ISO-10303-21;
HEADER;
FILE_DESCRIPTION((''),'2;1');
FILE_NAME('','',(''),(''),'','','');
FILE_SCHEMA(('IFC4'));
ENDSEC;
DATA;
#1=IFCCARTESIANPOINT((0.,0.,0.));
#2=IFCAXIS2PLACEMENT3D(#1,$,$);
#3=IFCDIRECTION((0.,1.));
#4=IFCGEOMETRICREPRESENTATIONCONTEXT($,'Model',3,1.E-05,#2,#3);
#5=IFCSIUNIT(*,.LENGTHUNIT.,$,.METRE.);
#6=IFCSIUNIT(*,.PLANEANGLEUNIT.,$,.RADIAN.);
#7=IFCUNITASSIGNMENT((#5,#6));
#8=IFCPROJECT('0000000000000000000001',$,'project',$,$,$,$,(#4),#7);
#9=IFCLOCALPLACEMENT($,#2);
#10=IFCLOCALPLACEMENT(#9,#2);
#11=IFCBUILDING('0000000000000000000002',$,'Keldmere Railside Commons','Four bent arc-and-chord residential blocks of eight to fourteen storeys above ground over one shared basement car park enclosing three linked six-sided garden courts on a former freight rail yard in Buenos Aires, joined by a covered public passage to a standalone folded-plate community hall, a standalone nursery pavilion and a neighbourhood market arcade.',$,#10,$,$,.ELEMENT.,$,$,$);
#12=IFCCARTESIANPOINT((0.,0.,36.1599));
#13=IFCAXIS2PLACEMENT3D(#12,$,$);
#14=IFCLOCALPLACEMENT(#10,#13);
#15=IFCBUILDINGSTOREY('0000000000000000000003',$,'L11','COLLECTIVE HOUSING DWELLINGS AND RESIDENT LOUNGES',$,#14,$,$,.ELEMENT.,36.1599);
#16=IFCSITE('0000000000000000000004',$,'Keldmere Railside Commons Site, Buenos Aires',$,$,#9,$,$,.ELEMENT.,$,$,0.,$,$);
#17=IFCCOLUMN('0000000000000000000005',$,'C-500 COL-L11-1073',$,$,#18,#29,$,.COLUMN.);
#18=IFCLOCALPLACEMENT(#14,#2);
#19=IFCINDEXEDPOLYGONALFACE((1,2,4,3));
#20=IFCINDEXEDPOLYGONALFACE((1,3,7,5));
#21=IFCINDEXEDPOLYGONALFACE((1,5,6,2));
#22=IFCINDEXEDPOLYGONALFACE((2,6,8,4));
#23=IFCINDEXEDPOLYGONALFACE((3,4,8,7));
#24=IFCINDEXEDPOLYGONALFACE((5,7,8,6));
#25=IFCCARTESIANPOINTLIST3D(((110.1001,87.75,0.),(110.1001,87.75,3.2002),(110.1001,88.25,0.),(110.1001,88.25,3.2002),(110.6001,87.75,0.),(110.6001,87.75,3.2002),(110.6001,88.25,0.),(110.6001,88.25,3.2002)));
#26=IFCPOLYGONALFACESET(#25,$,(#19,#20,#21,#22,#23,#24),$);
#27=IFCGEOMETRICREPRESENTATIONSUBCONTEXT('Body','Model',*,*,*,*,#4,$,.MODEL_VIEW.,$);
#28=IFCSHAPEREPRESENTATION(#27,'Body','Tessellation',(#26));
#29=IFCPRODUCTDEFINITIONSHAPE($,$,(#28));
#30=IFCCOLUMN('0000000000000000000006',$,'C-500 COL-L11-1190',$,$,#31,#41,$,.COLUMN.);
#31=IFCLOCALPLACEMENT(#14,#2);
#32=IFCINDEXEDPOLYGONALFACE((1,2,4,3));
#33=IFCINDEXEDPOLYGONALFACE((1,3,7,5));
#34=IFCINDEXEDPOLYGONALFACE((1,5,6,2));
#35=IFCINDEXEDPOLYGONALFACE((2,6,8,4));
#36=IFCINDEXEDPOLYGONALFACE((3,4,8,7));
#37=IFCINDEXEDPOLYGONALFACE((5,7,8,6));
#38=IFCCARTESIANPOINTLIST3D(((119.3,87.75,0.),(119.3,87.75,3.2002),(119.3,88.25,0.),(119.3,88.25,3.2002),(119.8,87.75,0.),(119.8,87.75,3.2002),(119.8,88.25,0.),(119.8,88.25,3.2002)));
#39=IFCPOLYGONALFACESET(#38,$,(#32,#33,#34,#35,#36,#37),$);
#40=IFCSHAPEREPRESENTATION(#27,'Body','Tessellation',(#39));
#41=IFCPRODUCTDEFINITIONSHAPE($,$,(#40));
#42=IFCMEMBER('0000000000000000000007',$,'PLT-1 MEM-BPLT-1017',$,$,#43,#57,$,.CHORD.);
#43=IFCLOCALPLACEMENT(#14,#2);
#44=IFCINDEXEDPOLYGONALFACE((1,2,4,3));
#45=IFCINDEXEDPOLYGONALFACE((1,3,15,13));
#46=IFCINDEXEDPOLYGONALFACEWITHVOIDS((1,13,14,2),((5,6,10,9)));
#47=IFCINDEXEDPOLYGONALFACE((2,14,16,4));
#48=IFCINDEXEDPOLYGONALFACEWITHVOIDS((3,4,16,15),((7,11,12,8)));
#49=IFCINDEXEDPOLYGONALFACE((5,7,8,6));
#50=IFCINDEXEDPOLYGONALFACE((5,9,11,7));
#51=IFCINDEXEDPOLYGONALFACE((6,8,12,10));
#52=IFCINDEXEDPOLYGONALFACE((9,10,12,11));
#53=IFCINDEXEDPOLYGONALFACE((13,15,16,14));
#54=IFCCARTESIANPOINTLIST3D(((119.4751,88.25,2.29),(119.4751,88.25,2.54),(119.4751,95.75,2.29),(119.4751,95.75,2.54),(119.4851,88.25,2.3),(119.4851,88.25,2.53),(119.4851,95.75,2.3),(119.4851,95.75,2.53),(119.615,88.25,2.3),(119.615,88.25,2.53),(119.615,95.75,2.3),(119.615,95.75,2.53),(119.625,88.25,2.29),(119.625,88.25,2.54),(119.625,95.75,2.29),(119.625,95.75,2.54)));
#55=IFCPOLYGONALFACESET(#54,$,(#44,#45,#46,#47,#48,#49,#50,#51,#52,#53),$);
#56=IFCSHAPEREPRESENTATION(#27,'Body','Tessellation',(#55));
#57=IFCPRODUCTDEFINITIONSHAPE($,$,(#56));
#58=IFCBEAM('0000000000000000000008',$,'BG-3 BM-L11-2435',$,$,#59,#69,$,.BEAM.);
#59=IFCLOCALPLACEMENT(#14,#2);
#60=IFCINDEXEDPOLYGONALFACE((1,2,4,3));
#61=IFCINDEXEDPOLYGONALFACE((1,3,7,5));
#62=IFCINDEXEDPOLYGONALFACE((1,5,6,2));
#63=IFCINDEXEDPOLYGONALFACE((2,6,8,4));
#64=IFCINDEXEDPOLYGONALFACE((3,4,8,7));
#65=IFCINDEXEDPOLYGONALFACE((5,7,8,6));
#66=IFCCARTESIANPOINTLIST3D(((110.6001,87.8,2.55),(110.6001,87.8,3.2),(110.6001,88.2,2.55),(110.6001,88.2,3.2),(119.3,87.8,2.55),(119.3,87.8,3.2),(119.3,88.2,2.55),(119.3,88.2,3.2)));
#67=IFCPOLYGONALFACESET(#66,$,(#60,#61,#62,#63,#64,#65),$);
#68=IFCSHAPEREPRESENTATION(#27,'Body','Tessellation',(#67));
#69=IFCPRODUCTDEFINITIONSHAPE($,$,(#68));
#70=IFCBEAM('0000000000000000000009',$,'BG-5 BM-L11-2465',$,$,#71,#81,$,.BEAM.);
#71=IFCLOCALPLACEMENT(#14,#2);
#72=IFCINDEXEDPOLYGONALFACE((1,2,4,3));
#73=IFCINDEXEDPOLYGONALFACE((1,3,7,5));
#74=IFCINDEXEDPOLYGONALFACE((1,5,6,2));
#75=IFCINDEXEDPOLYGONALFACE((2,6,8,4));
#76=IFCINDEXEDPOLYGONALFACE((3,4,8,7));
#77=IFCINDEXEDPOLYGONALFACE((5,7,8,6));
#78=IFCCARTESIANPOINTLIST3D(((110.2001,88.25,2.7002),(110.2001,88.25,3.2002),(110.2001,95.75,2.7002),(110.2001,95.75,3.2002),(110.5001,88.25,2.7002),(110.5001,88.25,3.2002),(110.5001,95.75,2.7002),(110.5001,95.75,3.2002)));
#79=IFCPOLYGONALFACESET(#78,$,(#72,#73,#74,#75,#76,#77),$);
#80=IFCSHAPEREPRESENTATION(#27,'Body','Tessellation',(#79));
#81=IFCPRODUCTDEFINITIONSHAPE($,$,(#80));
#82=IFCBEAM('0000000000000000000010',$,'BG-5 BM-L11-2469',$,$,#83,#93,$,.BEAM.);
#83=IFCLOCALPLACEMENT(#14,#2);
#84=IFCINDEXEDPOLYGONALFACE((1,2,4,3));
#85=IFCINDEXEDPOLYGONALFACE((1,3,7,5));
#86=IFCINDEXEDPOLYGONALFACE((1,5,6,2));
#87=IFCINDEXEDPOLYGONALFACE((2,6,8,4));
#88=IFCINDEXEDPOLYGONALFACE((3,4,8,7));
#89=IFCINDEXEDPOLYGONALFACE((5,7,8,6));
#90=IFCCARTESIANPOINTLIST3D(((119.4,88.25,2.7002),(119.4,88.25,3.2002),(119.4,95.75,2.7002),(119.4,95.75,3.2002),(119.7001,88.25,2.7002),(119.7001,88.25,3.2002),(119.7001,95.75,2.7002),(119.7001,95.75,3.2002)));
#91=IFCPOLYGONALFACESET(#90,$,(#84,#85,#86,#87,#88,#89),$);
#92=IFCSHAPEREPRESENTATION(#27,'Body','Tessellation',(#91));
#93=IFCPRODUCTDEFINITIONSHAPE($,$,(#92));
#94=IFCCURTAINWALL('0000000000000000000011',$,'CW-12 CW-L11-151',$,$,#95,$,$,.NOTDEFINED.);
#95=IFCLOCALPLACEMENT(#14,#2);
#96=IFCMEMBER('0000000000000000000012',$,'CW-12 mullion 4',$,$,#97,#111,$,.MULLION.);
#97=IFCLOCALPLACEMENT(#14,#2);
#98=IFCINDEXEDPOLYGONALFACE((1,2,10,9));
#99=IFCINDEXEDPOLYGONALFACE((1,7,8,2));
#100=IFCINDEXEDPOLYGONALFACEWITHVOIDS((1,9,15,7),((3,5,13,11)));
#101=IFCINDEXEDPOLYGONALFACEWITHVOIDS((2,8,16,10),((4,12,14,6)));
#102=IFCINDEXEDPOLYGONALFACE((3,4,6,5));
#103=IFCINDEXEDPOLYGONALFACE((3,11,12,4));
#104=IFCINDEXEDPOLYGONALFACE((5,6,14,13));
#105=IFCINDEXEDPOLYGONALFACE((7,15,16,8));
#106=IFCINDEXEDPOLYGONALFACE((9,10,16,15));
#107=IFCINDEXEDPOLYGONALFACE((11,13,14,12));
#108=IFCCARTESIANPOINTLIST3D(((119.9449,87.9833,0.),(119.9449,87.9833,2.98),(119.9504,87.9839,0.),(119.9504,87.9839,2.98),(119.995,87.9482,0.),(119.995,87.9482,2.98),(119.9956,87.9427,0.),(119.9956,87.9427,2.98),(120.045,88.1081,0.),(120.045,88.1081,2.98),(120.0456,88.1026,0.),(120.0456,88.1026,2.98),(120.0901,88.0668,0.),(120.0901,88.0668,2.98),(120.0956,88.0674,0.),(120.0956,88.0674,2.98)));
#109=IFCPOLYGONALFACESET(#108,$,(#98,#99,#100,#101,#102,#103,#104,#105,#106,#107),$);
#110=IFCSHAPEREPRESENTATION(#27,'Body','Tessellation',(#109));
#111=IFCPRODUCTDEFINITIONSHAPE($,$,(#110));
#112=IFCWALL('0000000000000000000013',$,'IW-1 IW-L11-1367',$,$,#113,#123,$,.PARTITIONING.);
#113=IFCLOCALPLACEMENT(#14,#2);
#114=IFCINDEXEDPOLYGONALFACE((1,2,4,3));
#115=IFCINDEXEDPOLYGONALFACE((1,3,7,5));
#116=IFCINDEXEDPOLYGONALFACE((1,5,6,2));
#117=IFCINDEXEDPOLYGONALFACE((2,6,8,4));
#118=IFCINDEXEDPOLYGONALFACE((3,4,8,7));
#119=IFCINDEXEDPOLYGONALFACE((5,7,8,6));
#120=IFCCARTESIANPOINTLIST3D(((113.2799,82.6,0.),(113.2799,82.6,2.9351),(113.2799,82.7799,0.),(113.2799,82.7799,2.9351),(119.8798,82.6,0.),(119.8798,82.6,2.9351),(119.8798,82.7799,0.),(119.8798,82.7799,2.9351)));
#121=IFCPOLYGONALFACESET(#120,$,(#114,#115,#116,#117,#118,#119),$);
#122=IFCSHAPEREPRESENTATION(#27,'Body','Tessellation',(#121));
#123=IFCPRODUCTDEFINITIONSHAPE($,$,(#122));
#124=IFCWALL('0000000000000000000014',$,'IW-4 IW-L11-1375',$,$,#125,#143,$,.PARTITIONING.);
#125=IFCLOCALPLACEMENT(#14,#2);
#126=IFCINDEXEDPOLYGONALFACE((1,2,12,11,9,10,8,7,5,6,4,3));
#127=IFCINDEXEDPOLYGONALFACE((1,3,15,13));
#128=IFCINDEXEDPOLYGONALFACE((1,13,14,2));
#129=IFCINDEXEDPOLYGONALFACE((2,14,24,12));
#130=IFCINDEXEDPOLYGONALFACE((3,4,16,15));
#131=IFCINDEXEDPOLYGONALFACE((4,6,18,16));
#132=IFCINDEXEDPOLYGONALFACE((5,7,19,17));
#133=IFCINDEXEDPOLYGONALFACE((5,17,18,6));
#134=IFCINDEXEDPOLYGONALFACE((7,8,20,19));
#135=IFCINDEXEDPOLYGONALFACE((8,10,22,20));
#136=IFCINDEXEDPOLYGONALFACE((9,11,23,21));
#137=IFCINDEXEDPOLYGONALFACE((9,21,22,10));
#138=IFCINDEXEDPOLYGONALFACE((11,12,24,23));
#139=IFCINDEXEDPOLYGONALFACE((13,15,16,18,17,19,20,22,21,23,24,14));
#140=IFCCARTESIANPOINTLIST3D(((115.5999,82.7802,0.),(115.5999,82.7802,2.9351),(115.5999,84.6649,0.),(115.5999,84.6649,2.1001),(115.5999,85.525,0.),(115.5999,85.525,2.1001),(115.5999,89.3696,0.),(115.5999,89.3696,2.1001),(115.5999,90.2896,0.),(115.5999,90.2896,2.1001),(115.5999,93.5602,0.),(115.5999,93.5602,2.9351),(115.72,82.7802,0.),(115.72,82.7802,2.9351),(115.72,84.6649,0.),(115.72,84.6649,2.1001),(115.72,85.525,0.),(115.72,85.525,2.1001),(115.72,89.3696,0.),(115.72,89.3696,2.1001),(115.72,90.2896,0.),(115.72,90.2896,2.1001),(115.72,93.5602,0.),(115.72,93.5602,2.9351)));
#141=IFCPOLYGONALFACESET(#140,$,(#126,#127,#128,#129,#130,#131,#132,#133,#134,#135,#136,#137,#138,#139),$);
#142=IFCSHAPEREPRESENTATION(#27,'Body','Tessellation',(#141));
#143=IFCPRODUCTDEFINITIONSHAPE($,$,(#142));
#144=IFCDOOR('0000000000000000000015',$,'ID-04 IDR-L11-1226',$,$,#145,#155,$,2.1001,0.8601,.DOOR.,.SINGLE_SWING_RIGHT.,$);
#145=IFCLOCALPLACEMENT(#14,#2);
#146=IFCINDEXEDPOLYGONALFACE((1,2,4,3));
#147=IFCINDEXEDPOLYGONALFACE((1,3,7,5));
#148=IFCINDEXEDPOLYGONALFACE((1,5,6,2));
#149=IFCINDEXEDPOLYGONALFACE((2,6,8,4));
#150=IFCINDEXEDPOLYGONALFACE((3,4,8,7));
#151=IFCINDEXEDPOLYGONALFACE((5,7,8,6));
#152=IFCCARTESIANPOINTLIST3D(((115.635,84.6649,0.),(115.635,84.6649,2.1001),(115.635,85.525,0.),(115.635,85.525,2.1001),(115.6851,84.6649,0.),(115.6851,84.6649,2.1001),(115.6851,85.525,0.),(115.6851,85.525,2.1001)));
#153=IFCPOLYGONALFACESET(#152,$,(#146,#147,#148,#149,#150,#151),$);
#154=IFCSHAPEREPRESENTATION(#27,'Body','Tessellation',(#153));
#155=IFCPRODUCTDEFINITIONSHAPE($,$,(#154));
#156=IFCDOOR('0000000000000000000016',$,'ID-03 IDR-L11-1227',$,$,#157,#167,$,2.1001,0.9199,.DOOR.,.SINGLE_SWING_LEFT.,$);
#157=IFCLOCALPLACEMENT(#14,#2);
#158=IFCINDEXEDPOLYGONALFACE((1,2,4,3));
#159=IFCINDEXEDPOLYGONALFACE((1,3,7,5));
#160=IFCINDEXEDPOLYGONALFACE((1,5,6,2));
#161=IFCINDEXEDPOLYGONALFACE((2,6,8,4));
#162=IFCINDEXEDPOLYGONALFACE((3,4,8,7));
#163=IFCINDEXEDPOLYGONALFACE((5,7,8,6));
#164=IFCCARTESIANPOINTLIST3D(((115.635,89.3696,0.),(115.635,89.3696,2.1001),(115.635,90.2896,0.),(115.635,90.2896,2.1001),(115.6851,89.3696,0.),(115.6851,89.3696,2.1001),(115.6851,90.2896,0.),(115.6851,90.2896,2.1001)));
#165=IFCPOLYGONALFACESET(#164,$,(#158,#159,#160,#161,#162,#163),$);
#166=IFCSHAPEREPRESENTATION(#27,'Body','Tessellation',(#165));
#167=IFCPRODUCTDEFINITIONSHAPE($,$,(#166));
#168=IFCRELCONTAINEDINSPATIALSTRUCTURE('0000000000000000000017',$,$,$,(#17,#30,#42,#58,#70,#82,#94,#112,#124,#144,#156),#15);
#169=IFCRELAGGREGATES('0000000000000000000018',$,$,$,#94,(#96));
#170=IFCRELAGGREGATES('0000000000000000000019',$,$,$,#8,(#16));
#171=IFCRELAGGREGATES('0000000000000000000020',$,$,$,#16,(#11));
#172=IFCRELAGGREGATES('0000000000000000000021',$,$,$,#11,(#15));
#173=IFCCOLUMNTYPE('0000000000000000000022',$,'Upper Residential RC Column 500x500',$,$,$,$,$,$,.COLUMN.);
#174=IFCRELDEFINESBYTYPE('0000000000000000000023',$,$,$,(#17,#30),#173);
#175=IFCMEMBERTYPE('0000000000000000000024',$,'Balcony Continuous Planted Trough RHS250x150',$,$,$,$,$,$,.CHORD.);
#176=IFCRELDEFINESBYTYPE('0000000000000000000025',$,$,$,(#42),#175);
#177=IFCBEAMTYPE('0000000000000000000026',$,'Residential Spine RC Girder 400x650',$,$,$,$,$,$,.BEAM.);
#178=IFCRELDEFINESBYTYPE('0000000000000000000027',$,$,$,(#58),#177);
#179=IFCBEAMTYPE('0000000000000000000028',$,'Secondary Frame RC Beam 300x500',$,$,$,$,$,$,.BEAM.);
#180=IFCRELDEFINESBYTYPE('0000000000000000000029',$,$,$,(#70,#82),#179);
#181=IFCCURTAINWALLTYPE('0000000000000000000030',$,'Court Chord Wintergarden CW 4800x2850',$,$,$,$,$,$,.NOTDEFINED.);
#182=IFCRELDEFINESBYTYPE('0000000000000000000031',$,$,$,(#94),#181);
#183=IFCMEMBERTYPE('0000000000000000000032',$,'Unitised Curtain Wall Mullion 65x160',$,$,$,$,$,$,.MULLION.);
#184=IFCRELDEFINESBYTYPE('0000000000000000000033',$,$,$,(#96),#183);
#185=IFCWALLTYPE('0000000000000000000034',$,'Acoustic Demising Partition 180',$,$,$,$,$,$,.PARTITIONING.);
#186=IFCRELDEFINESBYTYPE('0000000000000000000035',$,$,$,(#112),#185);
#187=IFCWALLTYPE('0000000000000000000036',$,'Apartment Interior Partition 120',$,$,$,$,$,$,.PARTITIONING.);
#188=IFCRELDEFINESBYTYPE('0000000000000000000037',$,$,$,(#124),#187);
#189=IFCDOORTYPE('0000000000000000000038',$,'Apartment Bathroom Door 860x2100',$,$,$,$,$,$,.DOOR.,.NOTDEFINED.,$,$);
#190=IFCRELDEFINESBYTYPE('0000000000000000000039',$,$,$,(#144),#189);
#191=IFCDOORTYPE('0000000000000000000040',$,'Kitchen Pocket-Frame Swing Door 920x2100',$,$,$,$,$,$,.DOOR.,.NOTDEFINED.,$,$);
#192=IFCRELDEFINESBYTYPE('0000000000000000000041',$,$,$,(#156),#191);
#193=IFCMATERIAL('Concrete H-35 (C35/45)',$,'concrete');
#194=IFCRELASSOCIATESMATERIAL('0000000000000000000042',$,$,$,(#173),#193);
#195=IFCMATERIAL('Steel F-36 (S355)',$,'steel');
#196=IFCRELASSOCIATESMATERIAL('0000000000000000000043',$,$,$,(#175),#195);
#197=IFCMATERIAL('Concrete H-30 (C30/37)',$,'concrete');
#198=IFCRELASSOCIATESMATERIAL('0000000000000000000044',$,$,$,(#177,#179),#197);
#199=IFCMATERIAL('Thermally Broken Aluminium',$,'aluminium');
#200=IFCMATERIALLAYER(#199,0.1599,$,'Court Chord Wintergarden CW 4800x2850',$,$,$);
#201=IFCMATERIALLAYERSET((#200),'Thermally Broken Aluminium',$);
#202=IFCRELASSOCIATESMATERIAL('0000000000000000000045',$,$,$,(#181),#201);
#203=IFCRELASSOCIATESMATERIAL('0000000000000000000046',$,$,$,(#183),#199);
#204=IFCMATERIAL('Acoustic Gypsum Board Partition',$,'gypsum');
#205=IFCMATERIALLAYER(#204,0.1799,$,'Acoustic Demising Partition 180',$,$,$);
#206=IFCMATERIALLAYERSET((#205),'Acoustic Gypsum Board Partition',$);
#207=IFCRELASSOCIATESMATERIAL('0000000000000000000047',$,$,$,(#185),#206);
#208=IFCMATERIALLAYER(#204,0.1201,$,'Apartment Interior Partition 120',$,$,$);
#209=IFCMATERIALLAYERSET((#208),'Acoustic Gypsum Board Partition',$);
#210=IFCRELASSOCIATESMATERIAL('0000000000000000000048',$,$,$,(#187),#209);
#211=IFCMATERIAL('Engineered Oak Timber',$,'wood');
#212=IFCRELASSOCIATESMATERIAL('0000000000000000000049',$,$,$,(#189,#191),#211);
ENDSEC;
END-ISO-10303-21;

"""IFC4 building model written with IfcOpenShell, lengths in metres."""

from ifc_helpers import new_model, si_unit, direction, frame, frame_2d, origin, origin_2d, place, context, subcontext, project, spatial, rectangle, hollow_rectangle, extrude, material, layer, layer_set, material_profile, profile_set, type_object, element, fill, aggregate, save


model = new_model("IFC4")

# Units and contexts
model_context = context("Model", 3, precision=1e-05, world=origin(), true_north=direction((0.0, 1.0)))
body_context = subcontext(model_context, "Body", "Model", "MODEL_VIEW")
ifc_project = project(units=[si_unit("LENGTHUNIT", "METRE"), si_unit("PLANEANGLEUNIT", "RADIAN")], contexts=[model_context])

# Site, building, storey
site_placement = place(None, origin())
site = spatial("IfcSite", under=ifc_project, at=site_placement, Name="Keldmere Railside Commons Site, Buenos Aires", CompositionType="ELEMENT", RefElevation=0.0)
building_placement = place(site_placement, origin())
building = spatial("IfcBuilding", under=site, at=building_placement, Name="Keldmere Railside Commons", Description="Four bent arc-and-chord residential blocks of eight to fourteen storeys above ground over one shared basement car park enclosing three linked six-sided garden courts on a former freight rail yard in Buenos Aires, joined by a covered public passage to a standalone folded-plate community hall, a standalone nursery pavilion and a neighbourhood market arcade.", CompositionType="ELEMENT")
storey_placement = place(building_placement, frame((0.0, 0.0, 36.1599)))
storey = spatial("IfcBuildingStorey", under=building, at=storey_placement, Name="L11", Description="COLLECTIVE HOUSING DWELLINGS AND RESIDENT LOUNGES", CompositionType="ELEMENT", Elevation=36.1599)

# Columns
ifc_material_1 = material(Name="Concrete H-35 (C35/45)", Category="concrete")
ifc_material_profile_1 = material_profile(ifc_material_1, rectangle(XDim=0.5, YDim=0.5, at=origin_2d()), Name="RC-500x500")
ifc_profile_set_1 = profile_set([ifc_material_profile_1], Name="Concrete H-35 (C35/45)")
column_type = type_object("IfcColumnType", Name="Upper Residential RC Column 500x500", PredefinedType="COLUMN", material=ifc_profile_set_1)
for number, where, z_axis, x_axis, name in (
    (1, (110.3501, 88.0, 0.0), (0.0, 0.0, 1.0), (1.0, 0.0, 0.0), "C-500 COL-L11-1073"),
    (2, (119.55, 88.0, 0.0), (0.0, 0.0, 1.0), (1.0, 0.0, 0.0), "C-500 COL-L11-1190"),
):
    element("IfcColumn", number, at=place(storey_placement, frame(where, z_axis=z_axis, x_axis=x_axis)), inside=storey, type_object=column_type, Name=name, PredefinedType="COLUMN", context=body_context, shape_type="SweptSolid", body=[
        extrude(rectangle(XDim=0.5, YDim=0.5, at=origin_2d()), origin(), (0.0, 0.0, 1.0), 3.2002),
    ])

# Member
ifc_material_2 = material(Name="Steel F-36 (S355)", Category="steel")
ifc_material_profile_2 = material_profile(ifc_material_2, hollow_rectangle(XDim=0.1499, YDim=0.25, WallThickness=0.01, at=origin_2d()), Name="RHS-250x150x10")
ifc_profile_set_2 = profile_set([ifc_material_profile_2], Name="Steel F-36 (S355)")
member_type_1 = type_object("IfcMemberType", Name="Balcony Continuous Planted Trough RHS250x150", PredefinedType="CHORD", material=ifc_profile_set_2)
member_1_placement = place(storey_placement, frame((119.55, 88.25, 2.415), z_axis=(0.0, 1.0, 0.0), x_axis=(-1.0, 0.0, 0.0)))
element("IfcMember", 3, at=member_1_placement, inside=storey, type_object=member_type_1, Name="PLT-1 MEM-BPLT-1017", PredefinedType="CHORD", context=body_context, shape_type="SweptSolid", body=[
    extrude(hollow_rectangle(XDim=0.1499, YDim=0.25, WallThickness=0.01, at=origin_2d()), origin(), (0.0, 0.0, 1.0), 7.5),
])

# Beams
ifc_material_3 = material(Name="Concrete H-30 (C30/37)", Category="concrete")
ifc_material_profile_3 = material_profile(ifc_material_3, rectangle(XDim=0.3999, YDim=0.6499, at=origin_2d()), Name="RC-400x650")
ifc_profile_set_3 = profile_set([ifc_material_profile_3], Name="Concrete H-30 (C30/37)")
beam_type_1 = type_object("IfcBeamType", Name="Residential Spine RC Girder 400x650", PredefinedType="BEAM", material=ifc_profile_set_3)
beam_placement = place(storey_placement, frame((110.6001, 88.0, 2.875), z_axis=(1.0, 0.0, 0.0), x_axis=(0.0, 1.0, 0.0)))
element("IfcBeam", 4, at=beam_placement, inside=storey, type_object=beam_type_1, Name="BG-3 BM-L11-2435", PredefinedType="BEAM", context=body_context, shape_type="SweptSolid", body=[
    extrude(rectangle(XDim=0.3999, YDim=0.6499, at=origin_2d()), origin(), (0.0, 0.0, 1.0), 8.7),
])
ifc_material_profile_4 = material_profile(ifc_material_3, rectangle(XDim=0.3, YDim=0.5, at=origin_2d()), Name="RC-300x500")
ifc_profile_set_4 = profile_set([ifc_material_profile_4], Name="Concrete H-30 (C30/37)")
beam_type_2 = type_object("IfcBeamType", Name="Secondary Frame RC Beam 300x500", PredefinedType="BEAM", material=ifc_profile_set_4)
for number, where, z_axis, x_axis, name in (
    (5, (110.3501, 88.25, 2.9502), (0.0, 1.0, 0.0), (-1.0, 0.0, 0.0), "BG-5 BM-L11-2465"),
    (6, (119.55, 88.25, 2.9502), (0.0, 1.0, 0.0), (-1.0, 0.0, 0.0), "BG-5 BM-L11-2469"),
):
    element("IfcBeam", number, at=place(storey_placement, frame(where, z_axis=z_axis, x_axis=x_axis)), inside=storey, type_object=beam_type_2, Name=name, PredefinedType="BEAM", context=body_context, shape_type="SweptSolid", body=[
        extrude(rectangle(XDim=0.3, YDim=0.5, at=origin_2d()), origin(), (0.0, 0.0, 1.0), 7.5),
    ])

# Curtain wall, member
ifc_material_4 = material(Name="Thermally Broken Aluminium", Category="aluminium")
ifc_layer_1 = layer(ifc_material_4, 0.1599, Name="Court Chord Wintergarden CW 4800x2850")
ifc_layer_set_1 = layer_set([ifc_layer_1], Name="Thermally Broken Aluminium")
curtain_wall_type = type_object("IfcCurtainWallType", Name="Court Chord Wintergarden CW 4800x2850", PredefinedType="NOTDEFINED", material=ifc_layer_set_1)
curtain_wall_placement = place(storey_placement, origin())
curtain_wall = element("IfcCurtainWall", 7, at=curtain_wall_placement, inside=storey, type_object=curtain_wall_type, Name="CW-12 CW-L11-151", PredefinedType="NOTDEFINED")
ifc_material_profile_5 = material_profile(ifc_material_4, hollow_rectangle(XDim=0.0649, YDim=0.1599, WallThickness=0.0039, at=origin_2d()), Name="ALU-MULL-65x160")
ifc_profile_set_5 = profile_set([ifc_material_profile_5], Name="Thermally Broken Aluminium")
member_type_2 = type_object("IfcMemberType", Name="Unitised Curtain Wall Mullion 65x160", PredefinedType="MULLION", material=ifc_profile_set_5)
member_2_placement = place(storey_placement, frame((120.0203, 88.0254, 0.0), z_axis=(0.0, 0.0, 1.0), x_axis=(0.780009, -0.625768, 0.0)))
member_2 = element("IfcMember", 8, at=member_2_placement, type_object=member_type_2, Name="CW-12 mullion 4", PredefinedType="MULLION", context=body_context, shape_type="SweptSolid", body=[
    extrude(hollow_rectangle(XDim=0.0649, YDim=0.1599, WallThickness=0.0039, at=origin_2d()), origin(), (0.0, 0.0, 1.0), 2.98),
])
aggregate(curtain_wall, [member_2])

# Wall
ifc_material_5 = material(Name="Acoustic Gypsum Board Partition", Category="gypsum")
ifc_layer_2 = layer(ifc_material_5, 0.1799, Name="Acoustic Demising Partition 180")
ifc_layer_set_2 = layer_set([ifc_layer_2], Name="Acoustic Gypsum Board Partition")
wall_type_1 = type_object("IfcWallType", Name="Acoustic Demising Partition 180", PredefinedType="PARTITIONING", material=ifc_layer_set_2)
wall_1_placement = place(storey_placement, frame((113.28, 82.6899, 0.0), z_axis=(0.0, 0.0, 1.0), x_axis=(1.0, 0.0, 0.0)))
element("IfcWall", 9, at=wall_1_placement, inside=storey, type_object=wall_type_1, Name="IW-1 IW-L11-1367", PredefinedType="PARTITIONING", context=body_context, shape_type="SweptSolid", body=[
    extrude(rectangle(XDim=6.5999, YDim=0.1799, at=frame_2d((3.2998, 0.0))), origin(), (0.0, 0.0, 1.0), 2.9351),
])

# Wall, openings, doors
ifc_layer_3 = layer(ifc_material_5, 0.1201, Name="Apartment Interior Partition 120")
ifc_layer_set_3 = layer_set([ifc_layer_3], Name="Acoustic Gypsum Board Partition")
wall_type_2 = type_object("IfcWallType", Name="Apartment Interior Partition 120", PredefinedType="PARTITIONING", material=ifc_layer_set_3)
wall_2_placement = place(storey_placement, frame((115.6599, 82.78, 0.0), z_axis=(0.0, 0.0, 1.0), x_axis=(0.0, 1.0, 0.0)))
wall_2 = element("IfcWall", 10, at=wall_2_placement, inside=storey, type_object=wall_type_2, Name="IW-4 IW-L11-1375", PredefinedType="PARTITIONING", context=body_context, shape_type="SweptSolid", body=[
    extrude(rectangle(XDim=10.78, YDim=0.1201, at=frame_2d((5.3901, 0.0))), origin(), (0.0, 0.0, 1.0), 2.9351),
])
opening_1_placement = place(wall_2_placement, frame((1.8848, 0.0, 0.0)))
opening_1 = element("IfcOpeningElement", 11, at=opening_1_placement, cuts=wall_2, PredefinedType="OPENING", context=body_context, shape_type="SweptSolid", body=[
    extrude(rectangle(XDim=0.8601, YDim=2.1001, at=frame_2d((0.4302, 1.05))), frame((0.0, 0.0701, 0.0), z_axis=(0.0, -1.0, 0.0), x_axis=(1.0, 0.0, 0.0)), (0.0, 0.0, 1.0), 0.1401),
])
opening_2_placement = place(wall_2_placement, frame((6.5896, 0.0, 0.0)))
opening_2 = element("IfcOpeningElement", 12, at=opening_2_placement, cuts=wall_2, PredefinedType="OPENING", context=body_context, shape_type="SweptSolid", body=[
    extrude(rectangle(XDim=0.9199, YDim=2.1001, at=frame_2d((0.46, 1.05))), frame((0.0, 0.0701, 0.0), z_axis=(0.0, -1.0, 0.0), x_axis=(1.0, 0.0, 0.0)), (0.0, 0.0, 1.0), 0.1401),
])
ifc_material_6 = material(Name="Engineered Oak Timber", Category="wood")
door_type_1 = type_object("IfcDoorType", Name="Apartment Bathroom Door 860x2100", OperationType="NOTDEFINED", PredefinedType="DOOR", material=ifc_material_6)
door_1_placement = place(opening_1_placement, origin())
door_1 = element("IfcDoor", 13, at=door_1_placement, inside=storey, type_object=door_type_1, Name="ID-04 IDR-L11-1226", OperationType="SINGLE_SWING_RIGHT", OverallHeight=2.1001, OverallWidth=0.8601, PredefinedType="DOOR", context=body_context, shape_type="SweptSolid", body=[
    extrude(rectangle(XDim=0.8601, YDim=2.1001, at=frame_2d((0.4302, 1.05))), frame((0.0, 0.0249, 0.0), z_axis=(0.0, -1.0, 0.0), x_axis=(1.0, 0.0, 0.0)), (0.0, 0.0, 1.0), 0.05),
])
fill(opening_1, door_1)
door_type_2 = type_object("IfcDoorType", Name="Kitchen Pocket-Frame Swing Door 920x2100", OperationType="NOTDEFINED", PredefinedType="DOOR", material=ifc_material_6)
door_2_placement = place(opening_2_placement, origin())
door_2 = element("IfcDoor", 14, at=door_2_placement, inside=storey, type_object=door_type_2, Name="ID-03 IDR-L11-1227", OperationType="SINGLE_SWING_LEFT", OverallHeight=2.1001, OverallWidth=0.9199, PredefinedType="DOOR", context=body_context, shape_type="SweptSolid", body=[
    extrude(rectangle(XDim=0.9199, YDim=2.1001, at=frame_2d((0.46, 1.05))), frame((0.0, 0.0249, 0.0), z_axis=(0.0, -1.0, 0.0), x_axis=(1.0, 0.0, 0.0)), (0.0, 0.0, 1.0), 0.05),
])
fill(opening_2, door_2)

save(model, "model.ifc")
